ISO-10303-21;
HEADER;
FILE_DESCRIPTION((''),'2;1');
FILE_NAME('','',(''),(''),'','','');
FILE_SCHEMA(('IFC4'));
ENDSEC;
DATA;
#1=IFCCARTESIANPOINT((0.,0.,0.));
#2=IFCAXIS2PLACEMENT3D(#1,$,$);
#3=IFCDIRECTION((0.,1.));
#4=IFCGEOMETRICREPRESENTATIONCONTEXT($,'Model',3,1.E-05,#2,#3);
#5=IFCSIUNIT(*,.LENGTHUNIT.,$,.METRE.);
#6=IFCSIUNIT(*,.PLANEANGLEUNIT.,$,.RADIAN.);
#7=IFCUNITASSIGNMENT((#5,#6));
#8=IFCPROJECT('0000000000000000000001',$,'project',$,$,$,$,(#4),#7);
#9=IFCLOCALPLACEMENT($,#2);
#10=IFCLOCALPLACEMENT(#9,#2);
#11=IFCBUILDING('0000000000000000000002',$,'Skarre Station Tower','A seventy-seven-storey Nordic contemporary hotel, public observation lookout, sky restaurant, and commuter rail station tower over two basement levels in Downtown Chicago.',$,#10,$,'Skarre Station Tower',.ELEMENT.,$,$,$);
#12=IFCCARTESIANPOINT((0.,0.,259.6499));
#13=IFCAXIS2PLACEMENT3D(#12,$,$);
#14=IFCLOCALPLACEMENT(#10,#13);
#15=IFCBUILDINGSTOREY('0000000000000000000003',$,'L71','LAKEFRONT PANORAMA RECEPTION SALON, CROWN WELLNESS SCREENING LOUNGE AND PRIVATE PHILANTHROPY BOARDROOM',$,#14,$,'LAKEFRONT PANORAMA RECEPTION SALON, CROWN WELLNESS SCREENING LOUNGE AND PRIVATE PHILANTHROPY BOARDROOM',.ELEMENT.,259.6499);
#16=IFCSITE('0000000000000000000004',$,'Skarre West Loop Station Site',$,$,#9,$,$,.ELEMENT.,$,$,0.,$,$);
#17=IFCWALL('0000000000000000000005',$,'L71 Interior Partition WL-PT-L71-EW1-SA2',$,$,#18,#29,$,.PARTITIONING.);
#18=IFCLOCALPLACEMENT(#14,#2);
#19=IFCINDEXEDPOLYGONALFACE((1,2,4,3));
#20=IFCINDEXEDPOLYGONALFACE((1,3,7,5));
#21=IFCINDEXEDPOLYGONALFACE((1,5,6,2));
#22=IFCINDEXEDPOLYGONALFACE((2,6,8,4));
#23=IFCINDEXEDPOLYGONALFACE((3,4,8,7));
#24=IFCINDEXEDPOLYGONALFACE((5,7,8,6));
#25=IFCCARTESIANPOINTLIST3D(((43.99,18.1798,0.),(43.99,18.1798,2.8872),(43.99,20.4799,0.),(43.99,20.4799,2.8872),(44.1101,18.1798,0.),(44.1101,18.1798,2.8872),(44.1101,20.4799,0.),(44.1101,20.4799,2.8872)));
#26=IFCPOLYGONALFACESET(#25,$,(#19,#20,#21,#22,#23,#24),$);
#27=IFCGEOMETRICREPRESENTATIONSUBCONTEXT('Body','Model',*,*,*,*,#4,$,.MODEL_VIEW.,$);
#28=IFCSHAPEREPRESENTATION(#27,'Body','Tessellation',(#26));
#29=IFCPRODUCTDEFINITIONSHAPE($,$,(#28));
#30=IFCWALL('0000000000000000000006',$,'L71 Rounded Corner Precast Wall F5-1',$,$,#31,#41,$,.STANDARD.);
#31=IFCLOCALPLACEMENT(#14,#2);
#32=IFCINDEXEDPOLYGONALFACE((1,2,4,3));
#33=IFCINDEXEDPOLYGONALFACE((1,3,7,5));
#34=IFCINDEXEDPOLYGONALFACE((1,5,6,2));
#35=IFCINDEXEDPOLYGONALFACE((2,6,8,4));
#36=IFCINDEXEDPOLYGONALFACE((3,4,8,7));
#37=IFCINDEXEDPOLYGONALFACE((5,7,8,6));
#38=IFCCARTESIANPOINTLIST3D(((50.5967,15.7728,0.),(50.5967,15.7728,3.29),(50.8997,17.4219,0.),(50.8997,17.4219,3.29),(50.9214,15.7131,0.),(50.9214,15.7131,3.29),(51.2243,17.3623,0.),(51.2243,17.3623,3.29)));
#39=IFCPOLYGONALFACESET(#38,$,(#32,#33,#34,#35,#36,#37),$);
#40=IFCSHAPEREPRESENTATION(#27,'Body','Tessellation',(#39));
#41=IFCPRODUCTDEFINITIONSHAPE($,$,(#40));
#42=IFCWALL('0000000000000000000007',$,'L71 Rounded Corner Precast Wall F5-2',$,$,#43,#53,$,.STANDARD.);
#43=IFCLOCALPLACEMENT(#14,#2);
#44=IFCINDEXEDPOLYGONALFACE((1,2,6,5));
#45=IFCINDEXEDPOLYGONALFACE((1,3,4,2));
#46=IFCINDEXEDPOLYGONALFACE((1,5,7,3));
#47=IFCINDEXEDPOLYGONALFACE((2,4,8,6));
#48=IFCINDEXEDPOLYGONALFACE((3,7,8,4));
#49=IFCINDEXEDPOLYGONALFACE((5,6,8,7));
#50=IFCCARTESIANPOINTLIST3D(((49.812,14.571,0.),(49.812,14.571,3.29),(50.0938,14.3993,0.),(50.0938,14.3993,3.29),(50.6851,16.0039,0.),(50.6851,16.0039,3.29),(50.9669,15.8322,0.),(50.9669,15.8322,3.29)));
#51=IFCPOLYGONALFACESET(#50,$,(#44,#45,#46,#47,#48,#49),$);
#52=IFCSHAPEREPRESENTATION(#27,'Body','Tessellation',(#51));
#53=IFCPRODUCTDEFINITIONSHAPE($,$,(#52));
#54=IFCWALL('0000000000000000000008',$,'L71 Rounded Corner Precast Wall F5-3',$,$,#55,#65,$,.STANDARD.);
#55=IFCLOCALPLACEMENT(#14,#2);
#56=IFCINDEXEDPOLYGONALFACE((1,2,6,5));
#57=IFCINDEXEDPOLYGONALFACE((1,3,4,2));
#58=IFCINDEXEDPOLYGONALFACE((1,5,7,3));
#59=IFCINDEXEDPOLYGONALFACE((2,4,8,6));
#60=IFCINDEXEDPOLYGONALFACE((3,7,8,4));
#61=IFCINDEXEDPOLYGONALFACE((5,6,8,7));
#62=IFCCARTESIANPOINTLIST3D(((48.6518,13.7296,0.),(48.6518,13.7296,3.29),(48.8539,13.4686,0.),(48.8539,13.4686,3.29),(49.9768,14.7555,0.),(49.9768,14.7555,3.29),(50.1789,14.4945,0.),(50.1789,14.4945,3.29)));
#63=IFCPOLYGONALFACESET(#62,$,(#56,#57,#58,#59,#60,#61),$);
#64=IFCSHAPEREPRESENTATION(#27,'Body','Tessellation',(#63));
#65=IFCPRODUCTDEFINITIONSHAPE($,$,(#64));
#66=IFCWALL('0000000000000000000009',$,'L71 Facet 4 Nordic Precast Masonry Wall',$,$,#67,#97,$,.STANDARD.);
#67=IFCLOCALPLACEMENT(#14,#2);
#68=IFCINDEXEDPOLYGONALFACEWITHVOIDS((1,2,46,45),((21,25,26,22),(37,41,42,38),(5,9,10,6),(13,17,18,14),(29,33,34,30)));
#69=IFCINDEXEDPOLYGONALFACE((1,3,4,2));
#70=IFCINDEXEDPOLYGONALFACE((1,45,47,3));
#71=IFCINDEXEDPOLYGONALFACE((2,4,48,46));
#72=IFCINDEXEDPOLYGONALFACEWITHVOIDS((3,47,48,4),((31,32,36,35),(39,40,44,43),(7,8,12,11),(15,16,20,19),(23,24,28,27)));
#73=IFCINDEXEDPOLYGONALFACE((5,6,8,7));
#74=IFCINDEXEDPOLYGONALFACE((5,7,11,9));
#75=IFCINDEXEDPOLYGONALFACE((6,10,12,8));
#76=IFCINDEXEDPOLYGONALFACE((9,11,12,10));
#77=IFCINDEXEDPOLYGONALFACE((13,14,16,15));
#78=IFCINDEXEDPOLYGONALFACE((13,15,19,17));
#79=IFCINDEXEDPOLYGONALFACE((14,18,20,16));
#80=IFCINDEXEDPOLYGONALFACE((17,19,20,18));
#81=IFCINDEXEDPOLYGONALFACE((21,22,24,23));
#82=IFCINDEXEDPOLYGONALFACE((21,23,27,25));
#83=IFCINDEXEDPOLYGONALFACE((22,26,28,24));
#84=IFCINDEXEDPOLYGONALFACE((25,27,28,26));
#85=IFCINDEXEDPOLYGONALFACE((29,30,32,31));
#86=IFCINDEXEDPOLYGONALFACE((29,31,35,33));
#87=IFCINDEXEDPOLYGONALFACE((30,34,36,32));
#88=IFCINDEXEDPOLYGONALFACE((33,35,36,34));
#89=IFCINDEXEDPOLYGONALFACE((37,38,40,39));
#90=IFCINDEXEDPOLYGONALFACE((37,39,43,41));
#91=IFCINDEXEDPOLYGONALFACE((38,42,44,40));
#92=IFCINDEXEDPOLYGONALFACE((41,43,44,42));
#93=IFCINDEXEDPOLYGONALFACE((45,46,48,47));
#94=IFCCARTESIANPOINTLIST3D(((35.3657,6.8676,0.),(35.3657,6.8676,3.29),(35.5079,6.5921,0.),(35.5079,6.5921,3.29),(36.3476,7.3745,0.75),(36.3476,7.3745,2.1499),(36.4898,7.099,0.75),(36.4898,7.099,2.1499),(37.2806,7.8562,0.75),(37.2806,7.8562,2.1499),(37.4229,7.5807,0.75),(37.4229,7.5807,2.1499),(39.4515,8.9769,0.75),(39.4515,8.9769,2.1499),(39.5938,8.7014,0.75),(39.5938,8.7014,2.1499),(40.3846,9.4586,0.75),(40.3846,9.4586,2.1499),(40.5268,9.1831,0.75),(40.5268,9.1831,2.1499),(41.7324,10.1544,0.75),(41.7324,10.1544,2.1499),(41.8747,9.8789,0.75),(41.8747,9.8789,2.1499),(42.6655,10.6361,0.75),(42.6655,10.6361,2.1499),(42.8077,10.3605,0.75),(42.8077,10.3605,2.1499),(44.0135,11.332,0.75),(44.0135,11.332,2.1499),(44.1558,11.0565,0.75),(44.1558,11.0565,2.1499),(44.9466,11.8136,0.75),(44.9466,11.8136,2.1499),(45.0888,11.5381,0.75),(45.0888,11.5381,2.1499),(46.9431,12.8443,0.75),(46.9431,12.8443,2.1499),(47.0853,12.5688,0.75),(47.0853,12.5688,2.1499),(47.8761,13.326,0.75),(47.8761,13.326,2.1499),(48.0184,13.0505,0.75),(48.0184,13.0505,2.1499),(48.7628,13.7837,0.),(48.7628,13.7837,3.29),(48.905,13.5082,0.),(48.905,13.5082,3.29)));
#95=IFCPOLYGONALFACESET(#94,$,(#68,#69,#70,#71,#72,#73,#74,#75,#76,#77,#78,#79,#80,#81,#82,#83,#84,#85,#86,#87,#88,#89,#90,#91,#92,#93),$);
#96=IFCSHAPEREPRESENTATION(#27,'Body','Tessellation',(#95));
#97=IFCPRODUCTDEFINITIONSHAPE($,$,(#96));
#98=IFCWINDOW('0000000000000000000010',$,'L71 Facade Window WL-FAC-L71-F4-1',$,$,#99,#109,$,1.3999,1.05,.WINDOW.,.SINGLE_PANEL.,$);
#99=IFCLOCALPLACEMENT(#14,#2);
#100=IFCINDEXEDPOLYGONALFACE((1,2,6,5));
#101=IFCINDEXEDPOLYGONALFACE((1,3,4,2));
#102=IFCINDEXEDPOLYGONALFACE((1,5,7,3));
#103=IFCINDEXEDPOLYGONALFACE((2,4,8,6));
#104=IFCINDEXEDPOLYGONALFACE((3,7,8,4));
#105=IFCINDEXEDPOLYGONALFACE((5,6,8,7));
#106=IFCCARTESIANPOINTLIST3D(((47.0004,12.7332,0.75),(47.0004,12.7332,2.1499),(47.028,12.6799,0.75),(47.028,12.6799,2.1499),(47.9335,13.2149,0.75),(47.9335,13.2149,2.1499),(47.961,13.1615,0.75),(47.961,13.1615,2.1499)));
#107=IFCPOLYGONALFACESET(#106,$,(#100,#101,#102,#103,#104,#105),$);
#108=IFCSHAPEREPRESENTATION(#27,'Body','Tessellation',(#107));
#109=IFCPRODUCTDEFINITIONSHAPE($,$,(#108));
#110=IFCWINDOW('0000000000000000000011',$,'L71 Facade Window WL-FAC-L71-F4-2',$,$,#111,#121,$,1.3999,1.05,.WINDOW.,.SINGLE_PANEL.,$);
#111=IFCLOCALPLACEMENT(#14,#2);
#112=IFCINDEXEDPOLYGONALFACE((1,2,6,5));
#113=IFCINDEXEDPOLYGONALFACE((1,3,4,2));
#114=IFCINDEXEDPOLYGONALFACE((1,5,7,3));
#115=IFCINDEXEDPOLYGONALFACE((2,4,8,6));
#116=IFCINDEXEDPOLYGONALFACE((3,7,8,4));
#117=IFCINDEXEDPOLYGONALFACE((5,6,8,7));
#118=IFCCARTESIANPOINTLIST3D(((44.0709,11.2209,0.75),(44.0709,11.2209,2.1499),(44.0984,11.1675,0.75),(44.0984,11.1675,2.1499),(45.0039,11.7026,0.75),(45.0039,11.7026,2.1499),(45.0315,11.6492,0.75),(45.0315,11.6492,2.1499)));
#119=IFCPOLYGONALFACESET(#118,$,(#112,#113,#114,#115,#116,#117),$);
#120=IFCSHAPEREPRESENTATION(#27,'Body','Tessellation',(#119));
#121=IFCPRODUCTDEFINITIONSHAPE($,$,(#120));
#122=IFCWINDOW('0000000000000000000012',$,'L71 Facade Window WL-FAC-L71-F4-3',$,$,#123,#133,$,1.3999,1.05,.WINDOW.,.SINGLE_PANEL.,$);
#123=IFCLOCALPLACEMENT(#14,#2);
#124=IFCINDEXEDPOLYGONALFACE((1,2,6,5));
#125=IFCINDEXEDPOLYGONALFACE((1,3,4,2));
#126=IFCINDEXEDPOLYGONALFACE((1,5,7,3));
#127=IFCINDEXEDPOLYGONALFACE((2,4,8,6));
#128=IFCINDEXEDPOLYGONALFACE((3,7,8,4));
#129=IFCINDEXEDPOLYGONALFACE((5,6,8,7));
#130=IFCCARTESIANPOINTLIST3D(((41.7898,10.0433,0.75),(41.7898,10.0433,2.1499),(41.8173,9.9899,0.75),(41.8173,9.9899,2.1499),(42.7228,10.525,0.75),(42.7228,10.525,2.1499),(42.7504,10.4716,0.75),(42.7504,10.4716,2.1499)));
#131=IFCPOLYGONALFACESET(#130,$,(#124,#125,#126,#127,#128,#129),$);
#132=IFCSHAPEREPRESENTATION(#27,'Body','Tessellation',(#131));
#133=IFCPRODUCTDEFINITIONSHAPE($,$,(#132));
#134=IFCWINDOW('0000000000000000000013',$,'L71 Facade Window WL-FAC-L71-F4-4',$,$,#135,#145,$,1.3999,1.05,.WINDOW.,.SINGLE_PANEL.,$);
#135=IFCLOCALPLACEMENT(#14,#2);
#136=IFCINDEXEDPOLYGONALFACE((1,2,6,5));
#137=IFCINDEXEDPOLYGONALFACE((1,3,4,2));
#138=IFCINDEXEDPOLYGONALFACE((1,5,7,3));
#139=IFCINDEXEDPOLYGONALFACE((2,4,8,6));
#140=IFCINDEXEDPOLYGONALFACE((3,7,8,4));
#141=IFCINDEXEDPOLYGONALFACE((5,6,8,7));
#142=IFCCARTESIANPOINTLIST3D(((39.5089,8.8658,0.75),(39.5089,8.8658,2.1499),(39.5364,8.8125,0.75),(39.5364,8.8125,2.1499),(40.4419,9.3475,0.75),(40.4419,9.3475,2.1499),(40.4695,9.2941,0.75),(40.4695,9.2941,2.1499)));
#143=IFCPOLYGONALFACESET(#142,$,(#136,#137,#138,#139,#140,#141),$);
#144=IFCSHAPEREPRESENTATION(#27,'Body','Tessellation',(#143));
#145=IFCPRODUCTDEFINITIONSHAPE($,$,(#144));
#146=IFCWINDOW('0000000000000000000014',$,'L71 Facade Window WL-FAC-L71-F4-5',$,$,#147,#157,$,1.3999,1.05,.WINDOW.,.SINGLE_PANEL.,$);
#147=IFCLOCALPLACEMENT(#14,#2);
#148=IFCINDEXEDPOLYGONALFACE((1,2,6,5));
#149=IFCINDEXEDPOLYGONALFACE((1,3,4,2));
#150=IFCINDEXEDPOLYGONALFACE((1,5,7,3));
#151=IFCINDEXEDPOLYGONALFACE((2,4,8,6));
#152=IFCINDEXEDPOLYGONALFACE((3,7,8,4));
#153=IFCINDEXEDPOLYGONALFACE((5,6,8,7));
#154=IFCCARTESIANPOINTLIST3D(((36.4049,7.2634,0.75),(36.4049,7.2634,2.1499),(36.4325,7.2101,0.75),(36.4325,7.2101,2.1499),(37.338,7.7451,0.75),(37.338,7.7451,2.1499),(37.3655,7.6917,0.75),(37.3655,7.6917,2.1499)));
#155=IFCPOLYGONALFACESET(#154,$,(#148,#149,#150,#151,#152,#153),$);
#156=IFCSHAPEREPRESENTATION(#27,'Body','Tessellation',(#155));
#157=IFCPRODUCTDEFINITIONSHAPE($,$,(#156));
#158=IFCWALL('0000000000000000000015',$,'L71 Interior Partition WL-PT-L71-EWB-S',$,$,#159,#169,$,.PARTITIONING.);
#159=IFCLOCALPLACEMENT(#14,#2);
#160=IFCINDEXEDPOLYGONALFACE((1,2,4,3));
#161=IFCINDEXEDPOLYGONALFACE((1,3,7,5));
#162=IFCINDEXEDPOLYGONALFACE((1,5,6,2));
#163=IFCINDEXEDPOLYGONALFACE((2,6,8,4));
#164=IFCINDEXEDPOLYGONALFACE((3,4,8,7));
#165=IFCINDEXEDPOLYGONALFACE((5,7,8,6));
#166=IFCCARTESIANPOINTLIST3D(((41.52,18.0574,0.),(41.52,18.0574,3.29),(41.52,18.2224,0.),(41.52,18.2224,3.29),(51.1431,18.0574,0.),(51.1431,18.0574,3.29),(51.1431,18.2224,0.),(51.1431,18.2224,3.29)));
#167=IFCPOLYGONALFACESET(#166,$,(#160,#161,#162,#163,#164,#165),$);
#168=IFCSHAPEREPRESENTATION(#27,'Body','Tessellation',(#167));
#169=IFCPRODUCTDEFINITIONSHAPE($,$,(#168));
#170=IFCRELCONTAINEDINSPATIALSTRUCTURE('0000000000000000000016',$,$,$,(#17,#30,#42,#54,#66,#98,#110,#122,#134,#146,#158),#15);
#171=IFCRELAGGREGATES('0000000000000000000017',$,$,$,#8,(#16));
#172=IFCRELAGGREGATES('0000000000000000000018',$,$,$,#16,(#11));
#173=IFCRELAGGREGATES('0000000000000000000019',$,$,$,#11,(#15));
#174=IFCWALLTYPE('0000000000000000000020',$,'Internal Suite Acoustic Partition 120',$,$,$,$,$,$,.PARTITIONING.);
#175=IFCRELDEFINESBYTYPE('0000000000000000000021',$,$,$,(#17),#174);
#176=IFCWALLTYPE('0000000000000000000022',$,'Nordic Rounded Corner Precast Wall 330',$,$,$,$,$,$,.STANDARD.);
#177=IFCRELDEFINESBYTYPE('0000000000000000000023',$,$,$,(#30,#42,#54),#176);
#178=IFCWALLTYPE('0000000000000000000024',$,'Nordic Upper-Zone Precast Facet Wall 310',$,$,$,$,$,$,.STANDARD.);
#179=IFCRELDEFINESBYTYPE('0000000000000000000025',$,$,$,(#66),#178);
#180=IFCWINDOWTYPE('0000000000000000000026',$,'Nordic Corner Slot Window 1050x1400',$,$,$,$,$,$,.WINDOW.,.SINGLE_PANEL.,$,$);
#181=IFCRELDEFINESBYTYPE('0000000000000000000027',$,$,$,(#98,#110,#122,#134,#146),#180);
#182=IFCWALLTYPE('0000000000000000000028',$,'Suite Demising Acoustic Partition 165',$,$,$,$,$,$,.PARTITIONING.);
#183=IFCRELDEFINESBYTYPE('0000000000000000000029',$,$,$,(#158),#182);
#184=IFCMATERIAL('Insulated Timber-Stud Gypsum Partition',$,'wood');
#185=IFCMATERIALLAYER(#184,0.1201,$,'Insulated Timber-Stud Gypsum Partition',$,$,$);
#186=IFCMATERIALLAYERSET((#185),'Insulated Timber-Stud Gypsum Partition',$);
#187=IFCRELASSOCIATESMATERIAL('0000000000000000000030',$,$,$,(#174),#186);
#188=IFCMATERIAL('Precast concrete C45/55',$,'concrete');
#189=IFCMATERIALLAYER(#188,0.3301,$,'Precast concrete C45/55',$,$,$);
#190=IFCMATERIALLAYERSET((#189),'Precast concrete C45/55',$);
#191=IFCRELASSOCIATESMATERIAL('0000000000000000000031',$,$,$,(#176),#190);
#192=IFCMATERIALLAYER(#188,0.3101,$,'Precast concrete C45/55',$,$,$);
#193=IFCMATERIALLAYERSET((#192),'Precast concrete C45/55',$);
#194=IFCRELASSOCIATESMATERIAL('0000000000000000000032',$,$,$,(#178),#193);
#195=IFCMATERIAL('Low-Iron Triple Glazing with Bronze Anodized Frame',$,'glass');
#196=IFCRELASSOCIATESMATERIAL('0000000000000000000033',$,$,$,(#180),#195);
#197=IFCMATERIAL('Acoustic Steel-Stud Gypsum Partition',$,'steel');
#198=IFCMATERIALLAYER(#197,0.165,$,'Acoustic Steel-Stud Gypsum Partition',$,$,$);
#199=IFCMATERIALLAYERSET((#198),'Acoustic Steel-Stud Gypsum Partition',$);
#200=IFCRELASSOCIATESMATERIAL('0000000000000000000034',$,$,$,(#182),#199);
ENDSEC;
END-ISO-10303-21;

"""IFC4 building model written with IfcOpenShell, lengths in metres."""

from ifc_helpers import new_model, si_unit, direction, frame, frame_2d, origin, place, context, subcontext, project, spatial, rectangle, extrude, material, layer, layer_set, type_object, element, fill, save


model = new_model("IFC4")

# Units and contexts
model_context = context("Model", 3, precision=1e-05, world=origin(), true_north=direction((0.0, 1.0)))
body_context = subcontext(model_context, "Body", "Model", "MODEL_VIEW")
ifc_project = project(units=[si_unit("LENGTHUNIT", "METRE"), si_unit("PLANEANGLEUNIT", "RADIAN")], contexts=[model_context])

# Site, building, storey
site_placement = place(None, origin())
site = spatial("IfcSite", under=ifc_project, at=site_placement, Name="Skarre West Loop Station Site", CompositionType="ELEMENT", RefElevation=0.0)
building_placement = place(site_placement, origin())
building = spatial("IfcBuilding", under=site, at=building_placement, Name="Skarre Station Tower", Description="A seventy-seven-storey Nordic contemporary hotel, public observation lookout, sky restaurant, and commuter rail station tower over two basement levels in Downtown Chicago.", LongName="Skarre Station Tower", CompositionType="ELEMENT")
storey_placement = place(building_placement, frame((0.0, 0.0, 259.6499)))
storey = spatial("IfcBuildingStorey", under=building, at=storey_placement, Name="L71", Description="LAKEFRONT PANORAMA RECEPTION SALON, CROWN WELLNESS SCREENING LOUNGE AND PRIVATE PHILANTHROPY BOARDROOM", LongName="LAKEFRONT PANORAMA RECEPTION SALON, CROWN WELLNESS SCREENING LOUNGE AND PRIVATE PHILANTHROPY BOARDROOM", CompositionType="ELEMENT", Elevation=259.6499)

# Shared definitions
ifc_material_1 = material(Name="Acoustic Steel-Stud Gypsum Partition", Category="steel")

# Walls
ifc_material_2 = material(Name="Insulated Timber-Stud Gypsum Partition", Category="wood")
ifc_layer_1 = layer(ifc_material_2, 0.1201, Name="Insulated Timber-Stud Gypsum Partition")
ifc_layer_set_1 = layer_set([ifc_layer_1], Name="Insulated Timber-Stud Gypsum Partition")
wall_type_1 = type_object("IfcWallType", Name="Internal Suite Acoustic Partition 120", PredefinedType="PARTITIONING", material=ifc_layer_set_1)
wall_1_placement = place(storey_placement, frame((44.05, 18.1799, 0.0), z_axis=(0.0, 0.0, 1.0), x_axis=(0.0, 1.0, 0.0)))
element("IfcWall", 1, at=wall_1_placement, inside=storey, type_object=wall_type_1, Name="L71 Interior Partition WL-PT-L71-EW1-SA2", PredefinedType="PARTITIONING", context=body_context, shape_type="SweptSolid", body=[
    extrude(rectangle(XDim=2.3, YDim=0.1201, at=frame_2d((1.1499, 0.0))), origin(), (0.0, 0.0, 1.0), 2.8872),
])
ifc_material_3 = material(Name="Precast concrete C45/55", Category="concrete")
ifc_layer_2 = layer(ifc_material_3, 0.3301, Name="Precast concrete C45/55")
ifc_layer_set_2 = layer_set([ifc_layer_2], Name="Precast concrete C45/55")
wall_type_2 = type_object("IfcWallType", Name="Nordic Rounded Corner Precast Wall 330", PredefinedType="STANDARD", material=ifc_layer_set_2)
wall_2_placement = place(storey_placement, frame((51.062, 17.3921, 0.0), z_axis=(0.0, 0.0, 1.0), x_axis=(-0.180692, -0.98354, 0.0)))
element("IfcWall", 2, at=wall_2_placement, inside=storey, type_object=wall_type_2, Name="L71 Rounded Corner Precast Wall F5-1", PredefinedType="STANDARD", context=body_context, shape_type="SweptSolid", body=[
    extrude(rectangle(XDim=1.6768, YDim=0.3301, at=frame_2d((0.8384, 0.0))), origin(), (0.0, 0.0, 1.0), 3.29),
])
wall_3_placement = place(storey_placement, frame((50.8259, 15.918, 0.0), z_axis=(0.0, 0.0, 1.0), x_axis=(-0.520325, -0.853968, 0.0)))
element("IfcWall", 3, at=wall_3_placement, inside=storey, type_object=wall_type_2, Name="L71 Rounded Corner Precast Wall F5-2", PredefinedType="STANDARD", context=body_context, shape_type="SweptSolid", body=[
    extrude(rectangle(XDim=1.678, YDim=0.3301, at=frame_2d((0.8389, 0.0))), origin(), (0.0, 0.0, 1.0), 3.29),
])
wall_4_placement = place(storey_placement, frame((50.0779, 14.625, 0.0), z_axis=(0.0, 0.0, 1.0), x_axis=(-0.790692, -0.612214, 0.0)))
element("IfcWall", 4, at=wall_4_placement, inside=storey, type_object=wall_type_2, Name="L71 Rounded Corner Precast Wall F5-3", PredefinedType="STANDARD", context=body_context, shape_type="SweptSolid", body=[
    extrude(rectangle(XDim=1.6758, YDim=0.3301, at=frame_2d((0.8379, 0.0))), origin(), (0.0, 0.0, 1.0), 3.29),
])

# Wall, openings, windows
ifc_layer_3 = layer(ifc_material_3, 0.3101, Name="Precast concrete C45/55")
ifc_layer_set_3 = layer_set([ifc_layer_3], Name="Precast concrete C45/55")
wall_type_3 = type_object("IfcWallType", Name="Nordic Upper-Zone Precast Facet Wall 310", PredefinedType="STANDARD", material=ifc_layer_set_3)
wall_5_placement = place(storey_placement, frame((48.834, 13.646, 0.0), z_axis=(0.0, 0.0, 1.0), x_axis=(-0.888581, -0.458719, 0.0)))
wall_5 = element("IfcWall", 5, at=wall_5_placement, inside=storey, type_object=wall_type_3, Name="L71 Facet 4 Nordic Precast Masonry Wall", PredefinedType="STANDARD", context=body_context, shape_type="SweptSolid", body=[
    extrude(rectangle(XDim=15.0769, YDim=0.3101, at=frame_2d((7.5386, 0.0))), origin(), (0.0, 0.0, 1.0), 3.29),
])
opening_1_placement = place(wall_5_placement, frame((0.998, 0.0, 0.75)))
opening_1 = element("IfcOpeningElement", 6, at=opening_1_placement, cuts=wall_5, PredefinedType="OPENING", context=body_context, shape_type="SweptSolid", body=[
    extrude(rectangle(XDim=1.05, YDim=1.3999, at=frame_2d((0.5249, 0.7))), frame((0.0, 0.165, 0.0), z_axis=(0.0, -1.0, 0.0), x_axis=(1.0, 0.0, 0.0)), (0.0, 0.0, 1.0), 0.3301),
])
opening_2_placement = place(wall_5_placement, frame((4.2949, 0.0, 0.75)))
opening_2 = element("IfcOpeningElement", 7, at=opening_2_placement, cuts=wall_5, PredefinedType="OPENING", context=body_context, shape_type="SweptSolid", body=[
    extrude(rectangle(XDim=1.05, YDim=1.3999, at=frame_2d((0.5249, 0.7))), frame((0.0, 0.165, 0.0), z_axis=(0.0, -1.0, 0.0), x_axis=(1.0, 0.0, 0.0)), (0.0, 0.0, 1.0), 0.3301),
])
opening_3_placement = place(wall_5_placement, frame((6.8621, 0.0, 0.75)))
opening_3 = element("IfcOpeningElement", 8, at=opening_3_placement, cuts=wall_5, PredefinedType="OPENING", context=body_context, shape_type="SweptSolid", body=[
    extrude(rectangle(XDim=1.05, YDim=1.3999, at=frame_2d((0.5249, 0.7))), frame((0.0, 0.165, 0.0), z_axis=(0.0, -1.0, 0.0), x_axis=(1.0, 0.0, 0.0)), (0.0, 0.0, 1.0), 0.3301),
])
opening_4_placement = place(wall_5_placement, frame((9.429, 0.0, 0.75)))
opening_4 = element("IfcOpeningElement", 9, at=opening_4_placement, cuts=wall_5, PredefinedType="OPENING", context=body_context, shape_type="SweptSolid", body=[
    extrude(rectangle(XDim=1.05, YDim=1.3999, at=frame_2d((0.5249, 0.7))), frame((0.0, 0.165, 0.0), z_axis=(0.0, -1.0, 0.0), x_axis=(1.0, 0.0, 0.0)), (0.0, 0.0, 1.0), 0.3301),
])
opening_5_placement = place(wall_5_placement, frame((12.9221, 0.0, 0.75)))
opening_5 = element("IfcOpeningElement", 10, at=opening_5_placement, cuts=wall_5, PredefinedType="OPENING", context=body_context, shape_type="SweptSolid", body=[
    extrude(rectangle(XDim=1.05, YDim=1.3999, at=frame_2d((0.5249, 0.7))), frame((0.0, 0.165, 0.0), z_axis=(0.0, -1.0, 0.0), x_axis=(1.0, 0.0, 0.0)), (0.0, 0.0, 1.0), 0.3301),
])
ifc_material_4 = material(Name="Low-Iron Triple Glazing with Bronze Anodized Frame", Category="glass")
window_type = type_object("IfcWindowType", Name="Nordic Corner Slot Window 1050x1400", PartitioningType="SINGLE_PANEL", PredefinedType="WINDOW", material=ifc_material_4)
window_1_placement = place(opening_1_placement, origin())
window_1 = element("IfcWindow", 11, at=window_1_placement, inside=storey, type_object=window_type, Name="L71 Facade Window WL-FAC-L71-F4-1", OverallHeight=1.3999, OverallWidth=1.05, PartitioningType="SINGLE_PANEL", PredefinedType="WINDOW", context=body_context, shape_type="SweptSolid", body=[
    extrude(rectangle(XDim=1.05, YDim=1.3999, at=frame_2d((0.5249, 0.7))), frame((0.0, 0.03, 0.0), z_axis=(0.0, -1.0, 0.0), x_axis=(1.0, 0.0, 0.0)), (0.0, 0.0, 1.0), 0.0601),
])
fill(opening_1, window_1)
window_2_placement = place(opening_2_placement, origin())
window_2 = element("IfcWindow", 12, at=window_2_placement, inside=storey, type_object=window_type, Name="L71 Facade Window WL-FAC-L71-F4-2", OverallHeight=1.3999, OverallWidth=1.05, PartitioningType="SINGLE_PANEL", PredefinedType="WINDOW", context=body_context, shape_type="SweptSolid", body=[
    extrude(rectangle(XDim=1.05, YDim=1.3999, at=frame_2d((0.5249, 0.7))), frame((0.0, 0.03, 0.0), z_axis=(0.0, -1.0, 0.0), x_axis=(1.0, 0.0, 0.0)), (0.0, 0.0, 1.0), 0.0601),
])
fill(opening_2, window_2)
window_3_placement = place(opening_3_placement, origin())
window_3 = element("IfcWindow", 13, at=window_3_placement, inside=storey, type_object=window_type, Name="L71 Facade Window WL-FAC-L71-F4-3", OverallHeight=1.3999, OverallWidth=1.05, PartitioningType="SINGLE_PANEL", PredefinedType="WINDOW", context=body_context, shape_type="SweptSolid", body=[
    extrude(rectangle(XDim=1.05, YDim=1.3999, at=frame_2d((0.5249, 0.7))), frame((0.0, 0.03, 0.0), z_axis=(0.0, -1.0, 0.0), x_axis=(1.0, 0.0, 0.0)), (0.0, 0.0, 1.0), 0.0601),
])
fill(opening_3, window_3)
window_4_placement = place(opening_4_placement, origin())
window_4 = element("IfcWindow", 14, at=window_4_placement, inside=storey, type_object=window_type, Name="L71 Facade Window WL-FAC-L71-F4-4", OverallHeight=1.3999, OverallWidth=1.05, PartitioningType="SINGLE_PANEL", PredefinedType="WINDOW", context=body_context, shape_type="SweptSolid", body=[
    extrude(rectangle(XDim=1.05, YDim=1.3999, at=frame_2d((0.5249, 0.7))), frame((0.0, 0.03, 0.0), z_axis=(0.0, -1.0, 0.0), x_axis=(1.0, 0.0, 0.0)), (0.0, 0.0, 1.0), 0.0601),
])
fill(opening_4, window_4)
window_5_placement = place(opening_5_placement, origin())
window_5 = element("IfcWindow", 15, at=window_5_placement, inside=storey, type_object=window_type, Name="L71 Facade Window WL-FAC-L71-F4-5", OverallHeight=1.3999, OverallWidth=1.05, PartitioningType="SINGLE_PANEL", PredefinedType="WINDOW", context=body_context, shape_type="SweptSolid", body=[
    extrude(rectangle(XDim=1.05, YDim=1.3999, at=frame_2d((0.5249, 0.7))), frame((0.0, 0.03, 0.0), z_axis=(0.0, -1.0, 0.0), x_axis=(1.0, 0.0, 0.0)), (0.0, 0.0, 1.0), 0.0601),
])
fill(opening_5, window_5)

# Wall
ifc_layer_4 = layer(ifc_material_1, 0.165, Name="Acoustic Steel-Stud Gypsum Partition")
ifc_layer_set_4 = layer_set([ifc_layer_4], Name="Acoustic Steel-Stud Gypsum Partition")
wall_type_4 = type_object("IfcWallType", Name="Suite Demising Acoustic Partition 165", PredefinedType="PARTITIONING", material=ifc_layer_set_4)
wall_6_placement = place(storey_placement, frame((41.52, 18.1399, 0.0), z_axis=(0.0, 0.0, 1.0), x_axis=(1.0, 0.0, 0.0)))
element("IfcWall", 16, at=wall_6_placement, inside=storey, type_object=wall_type_4, Name="L71 Interior Partition WL-PT-L71-EWB-S", PredefinedType="PARTITIONING", context=body_context, shape_type="SweptSolid", body=[
    extrude(rectangle(XDim=9.623, YDim=0.165, at=frame_2d((4.8115, 0.0))), origin(), (0.0, 0.0, 1.0), 3.29),
])

save(model, "model.ifc")
